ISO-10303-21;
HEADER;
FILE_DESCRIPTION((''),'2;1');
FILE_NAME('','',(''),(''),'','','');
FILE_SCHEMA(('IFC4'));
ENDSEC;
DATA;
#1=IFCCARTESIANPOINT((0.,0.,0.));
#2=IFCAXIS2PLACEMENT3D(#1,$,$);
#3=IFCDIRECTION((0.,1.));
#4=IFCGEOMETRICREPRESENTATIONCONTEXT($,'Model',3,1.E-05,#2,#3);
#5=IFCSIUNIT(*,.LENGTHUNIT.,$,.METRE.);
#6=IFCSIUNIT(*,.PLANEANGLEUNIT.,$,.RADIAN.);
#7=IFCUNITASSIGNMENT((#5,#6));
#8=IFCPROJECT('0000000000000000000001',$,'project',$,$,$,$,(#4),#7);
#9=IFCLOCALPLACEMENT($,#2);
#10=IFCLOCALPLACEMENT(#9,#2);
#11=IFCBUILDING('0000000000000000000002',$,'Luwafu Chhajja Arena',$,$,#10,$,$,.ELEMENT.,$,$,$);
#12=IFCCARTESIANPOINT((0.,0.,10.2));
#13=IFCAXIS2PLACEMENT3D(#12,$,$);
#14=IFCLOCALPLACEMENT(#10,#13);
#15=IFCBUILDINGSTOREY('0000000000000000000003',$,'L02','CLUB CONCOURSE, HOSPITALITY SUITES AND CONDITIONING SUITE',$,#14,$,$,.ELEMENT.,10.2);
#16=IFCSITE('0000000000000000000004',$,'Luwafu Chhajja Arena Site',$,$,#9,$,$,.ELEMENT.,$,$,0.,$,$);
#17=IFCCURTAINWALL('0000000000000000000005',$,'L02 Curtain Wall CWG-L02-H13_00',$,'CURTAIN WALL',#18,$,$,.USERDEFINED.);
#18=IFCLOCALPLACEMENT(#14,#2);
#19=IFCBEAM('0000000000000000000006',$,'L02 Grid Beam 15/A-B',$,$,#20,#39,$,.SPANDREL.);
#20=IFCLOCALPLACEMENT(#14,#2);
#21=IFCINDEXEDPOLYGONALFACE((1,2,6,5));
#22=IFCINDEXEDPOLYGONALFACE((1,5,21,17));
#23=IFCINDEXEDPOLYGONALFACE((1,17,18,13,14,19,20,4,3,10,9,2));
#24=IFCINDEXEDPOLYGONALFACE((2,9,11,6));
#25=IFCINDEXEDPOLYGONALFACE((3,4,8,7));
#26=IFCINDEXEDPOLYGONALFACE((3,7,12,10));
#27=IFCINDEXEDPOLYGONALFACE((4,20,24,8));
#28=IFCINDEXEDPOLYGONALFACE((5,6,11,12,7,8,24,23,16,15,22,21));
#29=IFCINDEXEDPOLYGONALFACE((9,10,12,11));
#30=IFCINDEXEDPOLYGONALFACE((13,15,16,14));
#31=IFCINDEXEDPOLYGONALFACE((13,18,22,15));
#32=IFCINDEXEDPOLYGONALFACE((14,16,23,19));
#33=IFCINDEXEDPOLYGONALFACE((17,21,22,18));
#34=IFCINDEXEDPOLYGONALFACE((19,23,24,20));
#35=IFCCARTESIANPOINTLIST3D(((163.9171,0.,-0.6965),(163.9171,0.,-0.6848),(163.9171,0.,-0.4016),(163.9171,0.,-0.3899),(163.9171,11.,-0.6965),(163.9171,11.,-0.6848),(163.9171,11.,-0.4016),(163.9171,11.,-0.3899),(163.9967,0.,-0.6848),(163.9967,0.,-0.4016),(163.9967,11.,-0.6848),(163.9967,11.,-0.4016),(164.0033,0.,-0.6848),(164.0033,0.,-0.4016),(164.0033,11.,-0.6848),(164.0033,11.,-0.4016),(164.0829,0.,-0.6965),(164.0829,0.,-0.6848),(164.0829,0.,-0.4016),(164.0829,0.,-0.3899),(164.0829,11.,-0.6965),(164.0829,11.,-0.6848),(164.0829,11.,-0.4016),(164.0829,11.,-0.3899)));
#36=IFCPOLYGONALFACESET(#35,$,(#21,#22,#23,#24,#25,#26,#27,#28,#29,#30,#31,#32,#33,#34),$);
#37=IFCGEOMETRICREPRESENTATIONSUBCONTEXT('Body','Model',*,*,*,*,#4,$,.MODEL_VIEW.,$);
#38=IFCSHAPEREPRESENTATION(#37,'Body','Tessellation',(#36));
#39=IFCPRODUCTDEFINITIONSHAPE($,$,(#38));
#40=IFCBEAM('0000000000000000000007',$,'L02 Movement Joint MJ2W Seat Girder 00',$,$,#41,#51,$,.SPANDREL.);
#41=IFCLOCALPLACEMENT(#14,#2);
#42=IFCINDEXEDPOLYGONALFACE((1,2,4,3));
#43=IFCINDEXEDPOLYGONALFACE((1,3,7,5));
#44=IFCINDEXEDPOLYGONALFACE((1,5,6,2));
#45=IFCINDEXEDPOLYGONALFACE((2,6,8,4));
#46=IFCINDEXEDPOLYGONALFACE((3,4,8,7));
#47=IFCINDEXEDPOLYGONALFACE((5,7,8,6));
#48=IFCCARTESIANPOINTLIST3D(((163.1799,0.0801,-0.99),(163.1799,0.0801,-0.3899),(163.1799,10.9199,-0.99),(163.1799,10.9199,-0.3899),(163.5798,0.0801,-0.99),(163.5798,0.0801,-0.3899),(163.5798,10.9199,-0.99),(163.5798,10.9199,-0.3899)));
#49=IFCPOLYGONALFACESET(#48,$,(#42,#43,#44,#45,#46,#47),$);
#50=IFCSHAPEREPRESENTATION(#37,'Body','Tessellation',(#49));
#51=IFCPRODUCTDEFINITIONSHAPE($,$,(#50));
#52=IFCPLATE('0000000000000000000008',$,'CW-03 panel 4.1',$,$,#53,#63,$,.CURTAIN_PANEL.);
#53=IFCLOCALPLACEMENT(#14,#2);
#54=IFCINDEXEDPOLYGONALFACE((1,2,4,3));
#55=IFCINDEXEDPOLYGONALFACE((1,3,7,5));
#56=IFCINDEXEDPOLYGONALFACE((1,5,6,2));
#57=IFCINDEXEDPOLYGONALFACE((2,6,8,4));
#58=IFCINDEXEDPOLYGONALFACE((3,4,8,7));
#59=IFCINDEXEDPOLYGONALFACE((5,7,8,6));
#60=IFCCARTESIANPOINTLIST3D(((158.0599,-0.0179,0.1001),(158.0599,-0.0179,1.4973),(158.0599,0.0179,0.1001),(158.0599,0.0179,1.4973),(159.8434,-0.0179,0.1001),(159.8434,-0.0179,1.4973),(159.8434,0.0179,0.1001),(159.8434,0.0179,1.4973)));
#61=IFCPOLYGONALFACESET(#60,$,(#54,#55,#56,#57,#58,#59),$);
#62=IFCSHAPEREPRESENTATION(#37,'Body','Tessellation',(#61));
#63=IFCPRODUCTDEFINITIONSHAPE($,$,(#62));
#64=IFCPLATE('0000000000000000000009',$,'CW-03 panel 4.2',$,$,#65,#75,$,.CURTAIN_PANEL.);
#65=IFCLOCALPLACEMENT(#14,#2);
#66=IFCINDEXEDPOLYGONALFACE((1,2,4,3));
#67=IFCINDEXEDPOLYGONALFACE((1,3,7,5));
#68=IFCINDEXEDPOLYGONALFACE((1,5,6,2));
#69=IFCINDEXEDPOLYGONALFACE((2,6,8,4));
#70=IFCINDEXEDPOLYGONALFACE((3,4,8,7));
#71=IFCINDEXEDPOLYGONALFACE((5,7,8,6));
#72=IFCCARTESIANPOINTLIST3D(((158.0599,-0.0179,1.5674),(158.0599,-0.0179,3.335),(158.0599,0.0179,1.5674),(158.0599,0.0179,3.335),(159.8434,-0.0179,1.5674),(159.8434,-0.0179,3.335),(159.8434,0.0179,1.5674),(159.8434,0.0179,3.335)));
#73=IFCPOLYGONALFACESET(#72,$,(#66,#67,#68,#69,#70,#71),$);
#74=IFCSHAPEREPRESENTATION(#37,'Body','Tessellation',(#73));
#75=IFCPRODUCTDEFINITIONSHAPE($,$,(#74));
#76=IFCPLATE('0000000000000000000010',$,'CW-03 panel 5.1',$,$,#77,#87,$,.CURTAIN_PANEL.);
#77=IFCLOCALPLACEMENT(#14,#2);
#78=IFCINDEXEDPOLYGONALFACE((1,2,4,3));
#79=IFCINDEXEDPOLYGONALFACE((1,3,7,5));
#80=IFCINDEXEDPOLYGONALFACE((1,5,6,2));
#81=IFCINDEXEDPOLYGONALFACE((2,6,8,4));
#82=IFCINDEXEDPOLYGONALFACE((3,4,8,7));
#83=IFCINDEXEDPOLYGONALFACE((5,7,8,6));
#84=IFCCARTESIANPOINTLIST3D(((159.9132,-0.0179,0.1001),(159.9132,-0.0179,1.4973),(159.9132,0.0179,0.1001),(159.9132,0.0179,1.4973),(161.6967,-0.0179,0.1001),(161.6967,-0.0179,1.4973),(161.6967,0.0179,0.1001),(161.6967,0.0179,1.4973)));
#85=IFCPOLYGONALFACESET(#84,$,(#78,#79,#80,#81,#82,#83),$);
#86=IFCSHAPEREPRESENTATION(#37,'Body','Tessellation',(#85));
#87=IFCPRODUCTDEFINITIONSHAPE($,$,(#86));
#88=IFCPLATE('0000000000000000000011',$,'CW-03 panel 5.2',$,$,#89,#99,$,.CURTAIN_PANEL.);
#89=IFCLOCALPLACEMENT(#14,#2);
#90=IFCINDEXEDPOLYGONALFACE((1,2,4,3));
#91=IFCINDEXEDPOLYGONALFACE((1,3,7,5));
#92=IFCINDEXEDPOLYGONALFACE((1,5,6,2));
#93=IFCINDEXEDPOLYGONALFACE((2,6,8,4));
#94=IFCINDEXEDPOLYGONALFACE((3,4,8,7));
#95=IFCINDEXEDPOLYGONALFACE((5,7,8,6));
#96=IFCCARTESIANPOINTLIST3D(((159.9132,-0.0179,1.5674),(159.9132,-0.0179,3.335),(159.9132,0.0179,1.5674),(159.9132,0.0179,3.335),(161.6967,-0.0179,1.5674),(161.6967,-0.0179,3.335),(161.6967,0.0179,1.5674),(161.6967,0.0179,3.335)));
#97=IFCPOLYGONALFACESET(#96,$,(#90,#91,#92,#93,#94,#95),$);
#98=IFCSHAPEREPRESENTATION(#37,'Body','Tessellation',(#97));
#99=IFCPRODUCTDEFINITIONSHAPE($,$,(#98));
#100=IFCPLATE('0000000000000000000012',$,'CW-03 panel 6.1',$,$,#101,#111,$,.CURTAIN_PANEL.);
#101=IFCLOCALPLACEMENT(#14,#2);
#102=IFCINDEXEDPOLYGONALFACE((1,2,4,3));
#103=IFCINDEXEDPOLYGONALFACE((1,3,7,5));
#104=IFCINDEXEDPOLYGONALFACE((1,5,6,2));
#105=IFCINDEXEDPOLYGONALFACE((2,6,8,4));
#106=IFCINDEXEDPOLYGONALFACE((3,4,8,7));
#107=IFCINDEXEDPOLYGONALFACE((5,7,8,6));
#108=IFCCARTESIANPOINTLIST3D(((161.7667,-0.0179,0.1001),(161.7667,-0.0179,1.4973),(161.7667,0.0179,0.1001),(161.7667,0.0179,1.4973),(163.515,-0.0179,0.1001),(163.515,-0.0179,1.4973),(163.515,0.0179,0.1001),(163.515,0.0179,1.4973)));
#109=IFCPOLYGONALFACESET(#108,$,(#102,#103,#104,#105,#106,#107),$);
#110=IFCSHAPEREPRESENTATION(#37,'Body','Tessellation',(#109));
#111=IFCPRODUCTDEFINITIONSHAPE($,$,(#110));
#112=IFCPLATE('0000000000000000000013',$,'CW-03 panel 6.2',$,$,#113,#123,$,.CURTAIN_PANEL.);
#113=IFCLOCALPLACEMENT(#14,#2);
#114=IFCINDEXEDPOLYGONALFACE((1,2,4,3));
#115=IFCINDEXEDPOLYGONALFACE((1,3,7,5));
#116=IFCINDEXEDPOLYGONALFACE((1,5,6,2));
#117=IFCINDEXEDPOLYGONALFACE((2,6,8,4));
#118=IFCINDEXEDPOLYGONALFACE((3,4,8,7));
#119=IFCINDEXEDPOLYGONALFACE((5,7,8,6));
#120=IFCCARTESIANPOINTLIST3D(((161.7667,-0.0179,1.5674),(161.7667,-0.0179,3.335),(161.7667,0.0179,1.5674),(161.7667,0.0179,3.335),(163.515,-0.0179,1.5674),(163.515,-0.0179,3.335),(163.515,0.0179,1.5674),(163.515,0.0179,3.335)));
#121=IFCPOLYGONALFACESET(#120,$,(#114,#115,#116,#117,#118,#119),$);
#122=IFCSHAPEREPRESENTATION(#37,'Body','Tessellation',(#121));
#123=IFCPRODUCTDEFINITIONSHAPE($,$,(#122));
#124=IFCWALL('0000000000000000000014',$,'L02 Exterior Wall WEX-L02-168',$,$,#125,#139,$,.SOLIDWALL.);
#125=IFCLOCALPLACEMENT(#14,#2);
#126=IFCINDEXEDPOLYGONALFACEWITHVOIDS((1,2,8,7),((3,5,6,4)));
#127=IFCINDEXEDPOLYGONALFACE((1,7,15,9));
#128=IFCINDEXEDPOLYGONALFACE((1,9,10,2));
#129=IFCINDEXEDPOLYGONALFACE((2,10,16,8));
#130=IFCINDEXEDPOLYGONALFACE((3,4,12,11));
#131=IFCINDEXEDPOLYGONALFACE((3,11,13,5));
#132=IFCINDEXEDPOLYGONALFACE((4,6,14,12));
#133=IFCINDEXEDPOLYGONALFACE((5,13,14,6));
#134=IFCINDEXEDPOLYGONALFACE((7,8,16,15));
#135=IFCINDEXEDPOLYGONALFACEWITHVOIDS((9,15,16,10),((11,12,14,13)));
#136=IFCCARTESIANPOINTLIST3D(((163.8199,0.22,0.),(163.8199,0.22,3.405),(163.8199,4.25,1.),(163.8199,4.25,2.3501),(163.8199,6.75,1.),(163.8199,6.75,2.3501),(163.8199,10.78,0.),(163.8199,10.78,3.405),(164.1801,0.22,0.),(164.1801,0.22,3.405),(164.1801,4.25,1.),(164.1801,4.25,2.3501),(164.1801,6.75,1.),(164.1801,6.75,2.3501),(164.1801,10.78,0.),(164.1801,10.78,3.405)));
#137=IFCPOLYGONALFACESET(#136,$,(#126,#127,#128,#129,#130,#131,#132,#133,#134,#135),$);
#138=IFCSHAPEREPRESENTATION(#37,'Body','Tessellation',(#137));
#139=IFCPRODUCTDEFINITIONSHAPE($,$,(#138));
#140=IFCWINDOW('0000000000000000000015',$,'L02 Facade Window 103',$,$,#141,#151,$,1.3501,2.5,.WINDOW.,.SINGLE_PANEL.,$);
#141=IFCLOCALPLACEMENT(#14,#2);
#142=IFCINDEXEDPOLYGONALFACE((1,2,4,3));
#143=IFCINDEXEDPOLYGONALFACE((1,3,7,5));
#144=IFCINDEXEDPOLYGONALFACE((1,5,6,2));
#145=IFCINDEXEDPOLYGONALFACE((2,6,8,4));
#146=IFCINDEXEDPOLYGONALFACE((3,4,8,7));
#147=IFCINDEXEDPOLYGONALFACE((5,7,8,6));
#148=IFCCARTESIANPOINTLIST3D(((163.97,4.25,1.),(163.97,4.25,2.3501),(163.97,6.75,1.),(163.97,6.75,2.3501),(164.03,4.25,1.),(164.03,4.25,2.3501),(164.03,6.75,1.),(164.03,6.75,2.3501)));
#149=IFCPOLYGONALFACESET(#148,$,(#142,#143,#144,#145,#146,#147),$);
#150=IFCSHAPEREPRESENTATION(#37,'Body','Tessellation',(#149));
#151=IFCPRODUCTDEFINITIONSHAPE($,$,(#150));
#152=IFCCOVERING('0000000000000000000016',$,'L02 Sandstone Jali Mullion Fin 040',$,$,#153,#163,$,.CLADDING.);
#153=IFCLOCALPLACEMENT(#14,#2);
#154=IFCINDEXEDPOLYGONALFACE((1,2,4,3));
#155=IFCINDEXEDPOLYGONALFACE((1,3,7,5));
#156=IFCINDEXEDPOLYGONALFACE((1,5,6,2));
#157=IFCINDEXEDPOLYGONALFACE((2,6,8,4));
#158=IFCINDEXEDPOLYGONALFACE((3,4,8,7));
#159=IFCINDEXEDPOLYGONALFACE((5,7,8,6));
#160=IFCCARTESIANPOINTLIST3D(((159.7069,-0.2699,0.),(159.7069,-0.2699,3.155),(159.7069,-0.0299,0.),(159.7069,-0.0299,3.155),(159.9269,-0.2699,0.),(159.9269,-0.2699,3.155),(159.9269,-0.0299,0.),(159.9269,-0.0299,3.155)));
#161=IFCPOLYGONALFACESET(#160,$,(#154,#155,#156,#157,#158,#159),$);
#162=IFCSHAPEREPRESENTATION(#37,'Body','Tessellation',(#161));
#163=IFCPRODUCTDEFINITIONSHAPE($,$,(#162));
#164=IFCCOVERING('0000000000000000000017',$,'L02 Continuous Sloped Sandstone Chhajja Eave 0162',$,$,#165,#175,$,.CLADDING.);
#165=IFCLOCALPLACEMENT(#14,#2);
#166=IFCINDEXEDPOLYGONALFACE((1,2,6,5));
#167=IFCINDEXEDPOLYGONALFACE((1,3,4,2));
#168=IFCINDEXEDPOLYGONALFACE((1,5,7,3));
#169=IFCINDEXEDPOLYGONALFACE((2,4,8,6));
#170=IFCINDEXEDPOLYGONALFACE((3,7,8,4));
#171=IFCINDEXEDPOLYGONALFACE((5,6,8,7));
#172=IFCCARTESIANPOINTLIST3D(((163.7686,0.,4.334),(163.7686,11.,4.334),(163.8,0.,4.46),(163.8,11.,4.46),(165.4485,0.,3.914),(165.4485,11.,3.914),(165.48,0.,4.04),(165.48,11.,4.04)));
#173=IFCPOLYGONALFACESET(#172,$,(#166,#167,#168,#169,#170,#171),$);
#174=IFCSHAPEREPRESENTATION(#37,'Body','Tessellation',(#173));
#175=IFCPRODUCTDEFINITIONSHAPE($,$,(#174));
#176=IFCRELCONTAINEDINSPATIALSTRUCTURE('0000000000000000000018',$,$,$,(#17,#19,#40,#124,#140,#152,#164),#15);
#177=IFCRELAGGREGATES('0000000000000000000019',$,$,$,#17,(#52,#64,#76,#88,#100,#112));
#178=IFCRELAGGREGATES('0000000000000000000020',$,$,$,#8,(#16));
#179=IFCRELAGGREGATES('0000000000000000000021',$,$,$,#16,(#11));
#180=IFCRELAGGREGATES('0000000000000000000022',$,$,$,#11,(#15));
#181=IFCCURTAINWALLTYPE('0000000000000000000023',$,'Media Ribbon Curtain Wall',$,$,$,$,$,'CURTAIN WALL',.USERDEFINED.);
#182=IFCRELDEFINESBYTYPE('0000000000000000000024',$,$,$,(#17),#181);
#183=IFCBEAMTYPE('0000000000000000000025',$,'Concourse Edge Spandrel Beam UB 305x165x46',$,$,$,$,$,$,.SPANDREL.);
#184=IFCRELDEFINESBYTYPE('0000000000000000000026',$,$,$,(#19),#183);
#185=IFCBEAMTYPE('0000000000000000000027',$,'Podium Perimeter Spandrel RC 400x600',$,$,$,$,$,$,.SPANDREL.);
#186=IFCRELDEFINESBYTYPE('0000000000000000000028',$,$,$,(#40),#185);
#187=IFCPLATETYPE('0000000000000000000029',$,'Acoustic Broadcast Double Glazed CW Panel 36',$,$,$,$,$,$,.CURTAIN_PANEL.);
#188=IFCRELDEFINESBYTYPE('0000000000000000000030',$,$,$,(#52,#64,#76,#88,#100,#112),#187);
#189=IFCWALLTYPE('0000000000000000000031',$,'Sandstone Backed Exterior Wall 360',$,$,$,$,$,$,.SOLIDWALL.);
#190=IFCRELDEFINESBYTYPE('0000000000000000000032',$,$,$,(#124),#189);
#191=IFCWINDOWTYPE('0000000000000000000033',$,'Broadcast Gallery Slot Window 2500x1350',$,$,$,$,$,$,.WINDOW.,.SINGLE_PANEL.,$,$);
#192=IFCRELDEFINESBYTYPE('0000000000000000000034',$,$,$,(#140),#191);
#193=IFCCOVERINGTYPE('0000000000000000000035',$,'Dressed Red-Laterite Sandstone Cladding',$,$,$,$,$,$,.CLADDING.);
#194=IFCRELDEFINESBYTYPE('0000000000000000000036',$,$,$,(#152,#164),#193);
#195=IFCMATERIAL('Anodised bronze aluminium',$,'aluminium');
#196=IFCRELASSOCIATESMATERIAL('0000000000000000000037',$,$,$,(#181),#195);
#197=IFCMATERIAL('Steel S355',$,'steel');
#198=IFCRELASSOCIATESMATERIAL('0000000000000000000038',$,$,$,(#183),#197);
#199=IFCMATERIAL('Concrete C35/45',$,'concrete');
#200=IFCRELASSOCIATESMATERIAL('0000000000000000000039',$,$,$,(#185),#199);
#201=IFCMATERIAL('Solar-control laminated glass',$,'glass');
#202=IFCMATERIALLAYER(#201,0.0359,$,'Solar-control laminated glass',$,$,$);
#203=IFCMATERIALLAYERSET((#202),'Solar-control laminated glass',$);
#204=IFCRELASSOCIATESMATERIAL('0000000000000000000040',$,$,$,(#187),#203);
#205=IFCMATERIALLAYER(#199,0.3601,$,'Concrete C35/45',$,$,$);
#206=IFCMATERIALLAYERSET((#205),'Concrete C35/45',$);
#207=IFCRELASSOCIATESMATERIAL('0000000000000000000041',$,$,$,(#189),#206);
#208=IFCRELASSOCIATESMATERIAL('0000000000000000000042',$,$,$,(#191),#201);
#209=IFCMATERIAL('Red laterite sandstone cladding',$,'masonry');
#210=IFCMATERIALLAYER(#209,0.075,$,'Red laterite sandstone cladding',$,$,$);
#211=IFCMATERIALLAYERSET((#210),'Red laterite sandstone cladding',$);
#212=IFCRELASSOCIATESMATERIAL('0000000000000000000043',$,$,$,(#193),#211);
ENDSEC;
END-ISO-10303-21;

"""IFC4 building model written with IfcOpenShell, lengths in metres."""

from ifc_helpers import new_model, si_unit, direction, frame, frame_2d, origin, origin_2d, place, context, subcontext, project, spatial, polyline, rectangle, i_section, outline, extrude, material, layer, layer_set, material_profile, profile_set, type_object, element, fill, aggregate, save


model = new_model("IFC4")

# Units and contexts
model_context = context("Model", 3, precision=1e-05, world=origin(), true_north=direction((0.0, 1.0)))
body_context = subcontext(model_context, "Body", "Model", "MODEL_VIEW")
ifc_project = project(units=[si_unit("LENGTHUNIT", "METRE"), si_unit("PLANEANGLEUNIT", "RADIAN")], contexts=[model_context])

# Site, building, storey
site_placement = place(None, origin())
site = spatial("IfcSite", under=ifc_project, at=site_placement, Name="Luwafu Chhajja Arena Site", CompositionType="ELEMENT", RefElevation=0.0)
building_placement = place(site_placement, origin())
building = spatial("IfcBuilding", under=site, at=building_placement, Name="Luwafu Chhajja Arena", CompositionType="ELEMENT")
storey_placement = place(building_placement, frame((0.0, 0.0, 10.2)))
storey = spatial("IfcBuildingStorey", under=building, at=storey_placement, Name="L02", Description="CLUB CONCOURSE, HOSPITALITY SUITES AND CONDITIONING SUITE", CompositionType="ELEMENT", Elevation=10.2)

# Shared definitions
ifc_material_1 = material(Name="Concrete C35/45", Category="concrete")

# Curtain wall
ifc_material_2 = material(Name="Anodised bronze aluminium", Category="aluminium")
curtain_wall_type = type_object("IfcCurtainWallType", Name="Media Ribbon Curtain Wall", ElementType="CURTAIN WALL", PredefinedType="USERDEFINED", material=ifc_material_2)
curtain_wall_placement = place(storey_placement, origin())
curtain_wall = element("IfcCurtainWall", 1, at=curtain_wall_placement, inside=storey, type_object=curtain_wall_type, Name="L02 Curtain Wall CWG-L02-H13_00", ObjectType="CURTAIN WALL", PredefinedType="USERDEFINED")

# Beams
ifc_material_3 = material(Name="Steel S355", Category="steel")
ifc_material_profile_1 = material_profile(ifc_material_3, i_section(OverallWidth=0.1658, OverallDepth=0.3066, WebThickness=0.0066, FlangeThickness=0.0117, at=origin_2d()), Name="UB 305x165x46")
ifc_profile_set_1 = profile_set([ifc_material_profile_1], Name="Steel S355")
beam_type_1 = type_object("IfcBeamType", Name="Concourse Edge Spandrel Beam UB 305x165x46", PredefinedType="SPANDREL", material=ifc_profile_set_1)
beam_1_placement = place(storey_placement, frame((164.0, 0.0, -0.5432), z_axis=(0.0, 1.0, 0.0), x_axis=(-1.0, 0.0, 0.0)))
element("IfcBeam", 2, at=beam_1_placement, inside=storey, type_object=beam_type_1, Name="L02 Grid Beam 15/A-B", PredefinedType="SPANDREL", context=body_context, shape_type="SweptSolid", body=[
    extrude(i_section(OverallWidth=0.1658, OverallDepth=0.3066, WebThickness=0.0066, FlangeThickness=0.0117, at=origin_2d()), origin(), (0.0, 0.0, 1.0), 11.0),
])
ifc_material_profile_2 = material_profile(ifc_material_1, rectangle(XDim=0.3999, YDim=0.6001, at=origin_2d()), Name="RC 400x600")
ifc_profile_set_2 = profile_set([ifc_material_profile_2], Name="Concrete C35/45")
beam_type_2 = type_object("IfcBeamType", Name="Podium Perimeter Spandrel RC 400x600", PredefinedType="SPANDREL", material=ifc_profile_set_2)
beam_2_placement = place(storey_placement, frame((163.3799, 0.0801, -0.6899), z_axis=(0.0, 1.0, 0.0), x_axis=(-1.0, 0.0, 0.0)))
element("IfcBeam", 3, at=beam_2_placement, inside=storey, type_object=beam_type_2, Name="L02 Movement Joint MJ2W Seat Girder 00", PredefinedType="SPANDREL", context=body_context, shape_type="SweptSolid", body=[
    extrude(rectangle(XDim=0.3999, YDim=0.6001, at=origin_2d()), origin(), (0.0, 0.0, 1.0), 10.8398),
])

# Plates
ifc_material_4 = material(Name="Solar-control laminated glass", Category="glass")
ifc_layer_1 = layer(ifc_material_4, 0.0359, Name="Solar-control laminated glass")
ifc_layer_set_1 = layer_set([ifc_layer_1], Name="Solar-control laminated glass")
plate_type = type_object("IfcPlateType", Name="Acoustic Broadcast Double Glazed CW Panel 36", PredefinedType="CURTAIN_PANEL", material=ifc_layer_set_1)
plate_1_placement = place(storey_placement, frame((158.9517, 0.0, 0.1001), z_axis=(0.0, 0.0, 1.0), x_axis=(1.0, 0.0, 0.0)))
plate_1 = element("IfcPlate", 4, at=plate_1_placement, type_object=plate_type, Name="CW-03 panel 4.1", PredefinedType="CURTAIN_PANEL", context=body_context, shape_type="SweptSolid", body=[
    extrude(rectangle(XDim=1.7834, YDim=0.0359, at=origin_2d()), origin(), (0.0, 0.0, 1.0), 1.3972),
])
plate_2_placement = place(storey_placement, frame((158.9517, 0.0, 1.5674), z_axis=(0.0, 0.0, 1.0), x_axis=(1.0, 0.0, 0.0)))
plate_2 = element("IfcPlate", 5, at=plate_2_placement, type_object=plate_type, Name="CW-03 panel 4.2", PredefinedType="CURTAIN_PANEL", context=body_context, shape_type="SweptSolid", body=[
    extrude(rectangle(XDim=1.7834, YDim=0.0359, at=origin_2d()), origin(), (0.0, 0.0, 1.0), 1.7676),
])
plate_3_placement = place(storey_placement, frame((160.8049, 0.0, 0.1001), z_axis=(0.0, 0.0, 1.0), x_axis=(1.0, 0.0, 0.0)))
plate_3 = element("IfcPlate", 6, at=plate_3_placement, type_object=plate_type, Name="CW-03 panel 5.1", PredefinedType="CURTAIN_PANEL", context=body_context, shape_type="SweptSolid", body=[
    extrude(rectangle(XDim=1.7834, YDim=0.0359, at=origin_2d()), origin(), (0.0, 0.0, 1.0), 1.3972),
])
plate_4_placement = place(storey_placement, frame((160.8049, 0.0, 1.5674), z_axis=(0.0, 0.0, 1.0), x_axis=(1.0, 0.0, 0.0)))
plate_4 = element("IfcPlate", 7, at=plate_4_placement, type_object=plate_type, Name="CW-03 panel 5.2", PredefinedType="CURTAIN_PANEL", context=body_context, shape_type="SweptSolid", body=[
    extrude(rectangle(XDim=1.7834, YDim=0.0359, at=origin_2d()), origin(), (0.0, 0.0, 1.0), 1.7676),
])
plate_5_placement = place(storey_placement, frame((162.6409, 0.0, 0.1001), z_axis=(0.0, 0.0, 1.0), x_axis=(1.0, 0.0, 0.0)))
plate_5 = element("IfcPlate", 8, at=plate_5_placement, type_object=plate_type, Name="CW-03 panel 6.1", PredefinedType="CURTAIN_PANEL", context=body_context, shape_type="SweptSolid", body=[
    extrude(rectangle(XDim=1.7483, YDim=0.0359, at=origin_2d()), origin(), (0.0, 0.0, 1.0), 1.3972),
])
plate_6_placement = place(storey_placement, frame((162.6409, 0.0, 1.5674), z_axis=(0.0, 0.0, 1.0), x_axis=(1.0, 0.0, 0.0)))
plate_6 = element("IfcPlate", 9, at=plate_6_placement, type_object=plate_type, Name="CW-03 panel 6.2", PredefinedType="CURTAIN_PANEL", context=body_context, shape_type="SweptSolid", body=[
    extrude(rectangle(XDim=1.7483, YDim=0.0359, at=origin_2d()), origin(), (0.0, 0.0, 1.0), 1.7676),
])
aggregate(curtain_wall, [plate_1, plate_2, plate_3, plate_4, plate_5, plate_6])

# Wall, opening, window
ifc_layer_2 = layer(ifc_material_1, 0.3601, Name="Concrete C35/45")
ifc_layer_set_2 = layer_set([ifc_layer_2], Name="Concrete C35/45")
wall_type = type_object("IfcWallType", Name="Sandstone Backed Exterior Wall 360", PredefinedType="SOLIDWALL", material=ifc_layer_set_2)
wall_placement = place(storey_placement, frame((164.0, 0.22, 0.0), z_axis=(0.0, 0.0, 1.0), x_axis=(0.0, 1.0, 0.0)))
wall = element("IfcWall", 10, at=wall_placement, inside=storey, type_object=wall_type, Name="L02 Exterior Wall WEX-L02-168", PredefinedType="SOLIDWALL", context=body_context, shape_type="SweptSolid", body=[
    extrude(rectangle(XDim=10.5601, YDim=0.3601, at=frame_2d((5.28, 0.0))), origin(), (0.0, 0.0, 1.0), 3.405),
])
opening_placement = place(wall_placement, frame((4.03, 0.0, 1.0)))
opening = element("IfcOpeningElement", 11, at=opening_placement, cuts=wall, PredefinedType="OPENING", context=body_context, shape_type="SweptSolid", body=[
    extrude(rectangle(XDim=2.5, YDim=1.3501, at=frame_2d((1.25, 0.675))), frame((0.0, 0.1899, 0.0), z_axis=(0.0, -1.0, 0.0), x_axis=(1.0, 0.0, 0.0)), (0.0, 0.0, 1.0), 0.3801),
])
window_type = type_object("IfcWindowType", Name="Broadcast Gallery Slot Window 2500x1350", PartitioningType="SINGLE_PANEL", PredefinedType="WINDOW", material=ifc_material_4)
window_placement = place(opening_placement, origin())
window = element("IfcWindow", 12, at=window_placement, inside=storey, type_object=window_type, Name="L02 Facade Window 103", OverallHeight=1.3501, OverallWidth=2.5, PartitioningType="SINGLE_PANEL", PredefinedType="WINDOW", context=body_context, shape_type="SweptSolid", body=[
    extrude(rectangle(XDim=2.5, YDim=1.3501, at=frame_2d((1.25, 0.675))), frame((0.0, 0.03, 0.0), z_axis=(0.0, -1.0, 0.0), x_axis=(1.0, 0.0, 0.0)), (0.0, 0.0, 1.0), 0.0601),
])
fill(opening, window)

# Coverings
ifc_material_5 = material(Name="Red laterite sandstone cladding", Category="masonry")
ifc_layer_3 = layer(ifc_material_5, 0.075, Name="Red laterite sandstone cladding")
ifc_layer_set_3 = layer_set([ifc_layer_3], Name="Red laterite sandstone cladding")
covering_type = type_object("IfcCoveringType", Name="Dressed Red-Laterite Sandstone Cladding", PredefinedType="CLADDING", material=ifc_layer_set_3)
covering_1_placement = place(storey_placement, frame((159.8169, -0.1499, 0.0), z_axis=(0.0, 0.0, 1.0), x_axis=(1.0, 0.0, 0.0)))
element("IfcCovering", 13, at=covering_1_placement, inside=storey, type_object=covering_type, Name="L02 Sandstone Jali Mullion Fin 040", PredefinedType="CLADDING", context=body_context, shape_type="SweptSolid", body=[
    extrude(rectangle(XDim=0.22, YDim=0.24, at=origin_2d()), origin(), (0.0, 0.0, 1.0), 3.155),
])
covering_2_placement = place(storey_placement, frame((163.8, 0.0, 4.46), z_axis=(0.242502, 0.0, 0.970151), x_axis=(0.0, 1.0, 0.0)))
element("IfcCovering", 14, at=covering_2_placement, inside=storey, type_object=covering_type, Name="L02 Continuous Sloped Sandstone Chhajja Eave 0162", PredefinedType="CLADDING", context=body_context, shape_type="SweptSolid", body=[
    extrude(outline(polyline([(0.0, 0.0), (11.0, 0.0), (11.0, -1.7316), (0.0, -1.7316), (0.0, 0.0)])), origin(), (0.0, 0.0, -1.0), 0.1299),
])

save(model, "model.ifc")
